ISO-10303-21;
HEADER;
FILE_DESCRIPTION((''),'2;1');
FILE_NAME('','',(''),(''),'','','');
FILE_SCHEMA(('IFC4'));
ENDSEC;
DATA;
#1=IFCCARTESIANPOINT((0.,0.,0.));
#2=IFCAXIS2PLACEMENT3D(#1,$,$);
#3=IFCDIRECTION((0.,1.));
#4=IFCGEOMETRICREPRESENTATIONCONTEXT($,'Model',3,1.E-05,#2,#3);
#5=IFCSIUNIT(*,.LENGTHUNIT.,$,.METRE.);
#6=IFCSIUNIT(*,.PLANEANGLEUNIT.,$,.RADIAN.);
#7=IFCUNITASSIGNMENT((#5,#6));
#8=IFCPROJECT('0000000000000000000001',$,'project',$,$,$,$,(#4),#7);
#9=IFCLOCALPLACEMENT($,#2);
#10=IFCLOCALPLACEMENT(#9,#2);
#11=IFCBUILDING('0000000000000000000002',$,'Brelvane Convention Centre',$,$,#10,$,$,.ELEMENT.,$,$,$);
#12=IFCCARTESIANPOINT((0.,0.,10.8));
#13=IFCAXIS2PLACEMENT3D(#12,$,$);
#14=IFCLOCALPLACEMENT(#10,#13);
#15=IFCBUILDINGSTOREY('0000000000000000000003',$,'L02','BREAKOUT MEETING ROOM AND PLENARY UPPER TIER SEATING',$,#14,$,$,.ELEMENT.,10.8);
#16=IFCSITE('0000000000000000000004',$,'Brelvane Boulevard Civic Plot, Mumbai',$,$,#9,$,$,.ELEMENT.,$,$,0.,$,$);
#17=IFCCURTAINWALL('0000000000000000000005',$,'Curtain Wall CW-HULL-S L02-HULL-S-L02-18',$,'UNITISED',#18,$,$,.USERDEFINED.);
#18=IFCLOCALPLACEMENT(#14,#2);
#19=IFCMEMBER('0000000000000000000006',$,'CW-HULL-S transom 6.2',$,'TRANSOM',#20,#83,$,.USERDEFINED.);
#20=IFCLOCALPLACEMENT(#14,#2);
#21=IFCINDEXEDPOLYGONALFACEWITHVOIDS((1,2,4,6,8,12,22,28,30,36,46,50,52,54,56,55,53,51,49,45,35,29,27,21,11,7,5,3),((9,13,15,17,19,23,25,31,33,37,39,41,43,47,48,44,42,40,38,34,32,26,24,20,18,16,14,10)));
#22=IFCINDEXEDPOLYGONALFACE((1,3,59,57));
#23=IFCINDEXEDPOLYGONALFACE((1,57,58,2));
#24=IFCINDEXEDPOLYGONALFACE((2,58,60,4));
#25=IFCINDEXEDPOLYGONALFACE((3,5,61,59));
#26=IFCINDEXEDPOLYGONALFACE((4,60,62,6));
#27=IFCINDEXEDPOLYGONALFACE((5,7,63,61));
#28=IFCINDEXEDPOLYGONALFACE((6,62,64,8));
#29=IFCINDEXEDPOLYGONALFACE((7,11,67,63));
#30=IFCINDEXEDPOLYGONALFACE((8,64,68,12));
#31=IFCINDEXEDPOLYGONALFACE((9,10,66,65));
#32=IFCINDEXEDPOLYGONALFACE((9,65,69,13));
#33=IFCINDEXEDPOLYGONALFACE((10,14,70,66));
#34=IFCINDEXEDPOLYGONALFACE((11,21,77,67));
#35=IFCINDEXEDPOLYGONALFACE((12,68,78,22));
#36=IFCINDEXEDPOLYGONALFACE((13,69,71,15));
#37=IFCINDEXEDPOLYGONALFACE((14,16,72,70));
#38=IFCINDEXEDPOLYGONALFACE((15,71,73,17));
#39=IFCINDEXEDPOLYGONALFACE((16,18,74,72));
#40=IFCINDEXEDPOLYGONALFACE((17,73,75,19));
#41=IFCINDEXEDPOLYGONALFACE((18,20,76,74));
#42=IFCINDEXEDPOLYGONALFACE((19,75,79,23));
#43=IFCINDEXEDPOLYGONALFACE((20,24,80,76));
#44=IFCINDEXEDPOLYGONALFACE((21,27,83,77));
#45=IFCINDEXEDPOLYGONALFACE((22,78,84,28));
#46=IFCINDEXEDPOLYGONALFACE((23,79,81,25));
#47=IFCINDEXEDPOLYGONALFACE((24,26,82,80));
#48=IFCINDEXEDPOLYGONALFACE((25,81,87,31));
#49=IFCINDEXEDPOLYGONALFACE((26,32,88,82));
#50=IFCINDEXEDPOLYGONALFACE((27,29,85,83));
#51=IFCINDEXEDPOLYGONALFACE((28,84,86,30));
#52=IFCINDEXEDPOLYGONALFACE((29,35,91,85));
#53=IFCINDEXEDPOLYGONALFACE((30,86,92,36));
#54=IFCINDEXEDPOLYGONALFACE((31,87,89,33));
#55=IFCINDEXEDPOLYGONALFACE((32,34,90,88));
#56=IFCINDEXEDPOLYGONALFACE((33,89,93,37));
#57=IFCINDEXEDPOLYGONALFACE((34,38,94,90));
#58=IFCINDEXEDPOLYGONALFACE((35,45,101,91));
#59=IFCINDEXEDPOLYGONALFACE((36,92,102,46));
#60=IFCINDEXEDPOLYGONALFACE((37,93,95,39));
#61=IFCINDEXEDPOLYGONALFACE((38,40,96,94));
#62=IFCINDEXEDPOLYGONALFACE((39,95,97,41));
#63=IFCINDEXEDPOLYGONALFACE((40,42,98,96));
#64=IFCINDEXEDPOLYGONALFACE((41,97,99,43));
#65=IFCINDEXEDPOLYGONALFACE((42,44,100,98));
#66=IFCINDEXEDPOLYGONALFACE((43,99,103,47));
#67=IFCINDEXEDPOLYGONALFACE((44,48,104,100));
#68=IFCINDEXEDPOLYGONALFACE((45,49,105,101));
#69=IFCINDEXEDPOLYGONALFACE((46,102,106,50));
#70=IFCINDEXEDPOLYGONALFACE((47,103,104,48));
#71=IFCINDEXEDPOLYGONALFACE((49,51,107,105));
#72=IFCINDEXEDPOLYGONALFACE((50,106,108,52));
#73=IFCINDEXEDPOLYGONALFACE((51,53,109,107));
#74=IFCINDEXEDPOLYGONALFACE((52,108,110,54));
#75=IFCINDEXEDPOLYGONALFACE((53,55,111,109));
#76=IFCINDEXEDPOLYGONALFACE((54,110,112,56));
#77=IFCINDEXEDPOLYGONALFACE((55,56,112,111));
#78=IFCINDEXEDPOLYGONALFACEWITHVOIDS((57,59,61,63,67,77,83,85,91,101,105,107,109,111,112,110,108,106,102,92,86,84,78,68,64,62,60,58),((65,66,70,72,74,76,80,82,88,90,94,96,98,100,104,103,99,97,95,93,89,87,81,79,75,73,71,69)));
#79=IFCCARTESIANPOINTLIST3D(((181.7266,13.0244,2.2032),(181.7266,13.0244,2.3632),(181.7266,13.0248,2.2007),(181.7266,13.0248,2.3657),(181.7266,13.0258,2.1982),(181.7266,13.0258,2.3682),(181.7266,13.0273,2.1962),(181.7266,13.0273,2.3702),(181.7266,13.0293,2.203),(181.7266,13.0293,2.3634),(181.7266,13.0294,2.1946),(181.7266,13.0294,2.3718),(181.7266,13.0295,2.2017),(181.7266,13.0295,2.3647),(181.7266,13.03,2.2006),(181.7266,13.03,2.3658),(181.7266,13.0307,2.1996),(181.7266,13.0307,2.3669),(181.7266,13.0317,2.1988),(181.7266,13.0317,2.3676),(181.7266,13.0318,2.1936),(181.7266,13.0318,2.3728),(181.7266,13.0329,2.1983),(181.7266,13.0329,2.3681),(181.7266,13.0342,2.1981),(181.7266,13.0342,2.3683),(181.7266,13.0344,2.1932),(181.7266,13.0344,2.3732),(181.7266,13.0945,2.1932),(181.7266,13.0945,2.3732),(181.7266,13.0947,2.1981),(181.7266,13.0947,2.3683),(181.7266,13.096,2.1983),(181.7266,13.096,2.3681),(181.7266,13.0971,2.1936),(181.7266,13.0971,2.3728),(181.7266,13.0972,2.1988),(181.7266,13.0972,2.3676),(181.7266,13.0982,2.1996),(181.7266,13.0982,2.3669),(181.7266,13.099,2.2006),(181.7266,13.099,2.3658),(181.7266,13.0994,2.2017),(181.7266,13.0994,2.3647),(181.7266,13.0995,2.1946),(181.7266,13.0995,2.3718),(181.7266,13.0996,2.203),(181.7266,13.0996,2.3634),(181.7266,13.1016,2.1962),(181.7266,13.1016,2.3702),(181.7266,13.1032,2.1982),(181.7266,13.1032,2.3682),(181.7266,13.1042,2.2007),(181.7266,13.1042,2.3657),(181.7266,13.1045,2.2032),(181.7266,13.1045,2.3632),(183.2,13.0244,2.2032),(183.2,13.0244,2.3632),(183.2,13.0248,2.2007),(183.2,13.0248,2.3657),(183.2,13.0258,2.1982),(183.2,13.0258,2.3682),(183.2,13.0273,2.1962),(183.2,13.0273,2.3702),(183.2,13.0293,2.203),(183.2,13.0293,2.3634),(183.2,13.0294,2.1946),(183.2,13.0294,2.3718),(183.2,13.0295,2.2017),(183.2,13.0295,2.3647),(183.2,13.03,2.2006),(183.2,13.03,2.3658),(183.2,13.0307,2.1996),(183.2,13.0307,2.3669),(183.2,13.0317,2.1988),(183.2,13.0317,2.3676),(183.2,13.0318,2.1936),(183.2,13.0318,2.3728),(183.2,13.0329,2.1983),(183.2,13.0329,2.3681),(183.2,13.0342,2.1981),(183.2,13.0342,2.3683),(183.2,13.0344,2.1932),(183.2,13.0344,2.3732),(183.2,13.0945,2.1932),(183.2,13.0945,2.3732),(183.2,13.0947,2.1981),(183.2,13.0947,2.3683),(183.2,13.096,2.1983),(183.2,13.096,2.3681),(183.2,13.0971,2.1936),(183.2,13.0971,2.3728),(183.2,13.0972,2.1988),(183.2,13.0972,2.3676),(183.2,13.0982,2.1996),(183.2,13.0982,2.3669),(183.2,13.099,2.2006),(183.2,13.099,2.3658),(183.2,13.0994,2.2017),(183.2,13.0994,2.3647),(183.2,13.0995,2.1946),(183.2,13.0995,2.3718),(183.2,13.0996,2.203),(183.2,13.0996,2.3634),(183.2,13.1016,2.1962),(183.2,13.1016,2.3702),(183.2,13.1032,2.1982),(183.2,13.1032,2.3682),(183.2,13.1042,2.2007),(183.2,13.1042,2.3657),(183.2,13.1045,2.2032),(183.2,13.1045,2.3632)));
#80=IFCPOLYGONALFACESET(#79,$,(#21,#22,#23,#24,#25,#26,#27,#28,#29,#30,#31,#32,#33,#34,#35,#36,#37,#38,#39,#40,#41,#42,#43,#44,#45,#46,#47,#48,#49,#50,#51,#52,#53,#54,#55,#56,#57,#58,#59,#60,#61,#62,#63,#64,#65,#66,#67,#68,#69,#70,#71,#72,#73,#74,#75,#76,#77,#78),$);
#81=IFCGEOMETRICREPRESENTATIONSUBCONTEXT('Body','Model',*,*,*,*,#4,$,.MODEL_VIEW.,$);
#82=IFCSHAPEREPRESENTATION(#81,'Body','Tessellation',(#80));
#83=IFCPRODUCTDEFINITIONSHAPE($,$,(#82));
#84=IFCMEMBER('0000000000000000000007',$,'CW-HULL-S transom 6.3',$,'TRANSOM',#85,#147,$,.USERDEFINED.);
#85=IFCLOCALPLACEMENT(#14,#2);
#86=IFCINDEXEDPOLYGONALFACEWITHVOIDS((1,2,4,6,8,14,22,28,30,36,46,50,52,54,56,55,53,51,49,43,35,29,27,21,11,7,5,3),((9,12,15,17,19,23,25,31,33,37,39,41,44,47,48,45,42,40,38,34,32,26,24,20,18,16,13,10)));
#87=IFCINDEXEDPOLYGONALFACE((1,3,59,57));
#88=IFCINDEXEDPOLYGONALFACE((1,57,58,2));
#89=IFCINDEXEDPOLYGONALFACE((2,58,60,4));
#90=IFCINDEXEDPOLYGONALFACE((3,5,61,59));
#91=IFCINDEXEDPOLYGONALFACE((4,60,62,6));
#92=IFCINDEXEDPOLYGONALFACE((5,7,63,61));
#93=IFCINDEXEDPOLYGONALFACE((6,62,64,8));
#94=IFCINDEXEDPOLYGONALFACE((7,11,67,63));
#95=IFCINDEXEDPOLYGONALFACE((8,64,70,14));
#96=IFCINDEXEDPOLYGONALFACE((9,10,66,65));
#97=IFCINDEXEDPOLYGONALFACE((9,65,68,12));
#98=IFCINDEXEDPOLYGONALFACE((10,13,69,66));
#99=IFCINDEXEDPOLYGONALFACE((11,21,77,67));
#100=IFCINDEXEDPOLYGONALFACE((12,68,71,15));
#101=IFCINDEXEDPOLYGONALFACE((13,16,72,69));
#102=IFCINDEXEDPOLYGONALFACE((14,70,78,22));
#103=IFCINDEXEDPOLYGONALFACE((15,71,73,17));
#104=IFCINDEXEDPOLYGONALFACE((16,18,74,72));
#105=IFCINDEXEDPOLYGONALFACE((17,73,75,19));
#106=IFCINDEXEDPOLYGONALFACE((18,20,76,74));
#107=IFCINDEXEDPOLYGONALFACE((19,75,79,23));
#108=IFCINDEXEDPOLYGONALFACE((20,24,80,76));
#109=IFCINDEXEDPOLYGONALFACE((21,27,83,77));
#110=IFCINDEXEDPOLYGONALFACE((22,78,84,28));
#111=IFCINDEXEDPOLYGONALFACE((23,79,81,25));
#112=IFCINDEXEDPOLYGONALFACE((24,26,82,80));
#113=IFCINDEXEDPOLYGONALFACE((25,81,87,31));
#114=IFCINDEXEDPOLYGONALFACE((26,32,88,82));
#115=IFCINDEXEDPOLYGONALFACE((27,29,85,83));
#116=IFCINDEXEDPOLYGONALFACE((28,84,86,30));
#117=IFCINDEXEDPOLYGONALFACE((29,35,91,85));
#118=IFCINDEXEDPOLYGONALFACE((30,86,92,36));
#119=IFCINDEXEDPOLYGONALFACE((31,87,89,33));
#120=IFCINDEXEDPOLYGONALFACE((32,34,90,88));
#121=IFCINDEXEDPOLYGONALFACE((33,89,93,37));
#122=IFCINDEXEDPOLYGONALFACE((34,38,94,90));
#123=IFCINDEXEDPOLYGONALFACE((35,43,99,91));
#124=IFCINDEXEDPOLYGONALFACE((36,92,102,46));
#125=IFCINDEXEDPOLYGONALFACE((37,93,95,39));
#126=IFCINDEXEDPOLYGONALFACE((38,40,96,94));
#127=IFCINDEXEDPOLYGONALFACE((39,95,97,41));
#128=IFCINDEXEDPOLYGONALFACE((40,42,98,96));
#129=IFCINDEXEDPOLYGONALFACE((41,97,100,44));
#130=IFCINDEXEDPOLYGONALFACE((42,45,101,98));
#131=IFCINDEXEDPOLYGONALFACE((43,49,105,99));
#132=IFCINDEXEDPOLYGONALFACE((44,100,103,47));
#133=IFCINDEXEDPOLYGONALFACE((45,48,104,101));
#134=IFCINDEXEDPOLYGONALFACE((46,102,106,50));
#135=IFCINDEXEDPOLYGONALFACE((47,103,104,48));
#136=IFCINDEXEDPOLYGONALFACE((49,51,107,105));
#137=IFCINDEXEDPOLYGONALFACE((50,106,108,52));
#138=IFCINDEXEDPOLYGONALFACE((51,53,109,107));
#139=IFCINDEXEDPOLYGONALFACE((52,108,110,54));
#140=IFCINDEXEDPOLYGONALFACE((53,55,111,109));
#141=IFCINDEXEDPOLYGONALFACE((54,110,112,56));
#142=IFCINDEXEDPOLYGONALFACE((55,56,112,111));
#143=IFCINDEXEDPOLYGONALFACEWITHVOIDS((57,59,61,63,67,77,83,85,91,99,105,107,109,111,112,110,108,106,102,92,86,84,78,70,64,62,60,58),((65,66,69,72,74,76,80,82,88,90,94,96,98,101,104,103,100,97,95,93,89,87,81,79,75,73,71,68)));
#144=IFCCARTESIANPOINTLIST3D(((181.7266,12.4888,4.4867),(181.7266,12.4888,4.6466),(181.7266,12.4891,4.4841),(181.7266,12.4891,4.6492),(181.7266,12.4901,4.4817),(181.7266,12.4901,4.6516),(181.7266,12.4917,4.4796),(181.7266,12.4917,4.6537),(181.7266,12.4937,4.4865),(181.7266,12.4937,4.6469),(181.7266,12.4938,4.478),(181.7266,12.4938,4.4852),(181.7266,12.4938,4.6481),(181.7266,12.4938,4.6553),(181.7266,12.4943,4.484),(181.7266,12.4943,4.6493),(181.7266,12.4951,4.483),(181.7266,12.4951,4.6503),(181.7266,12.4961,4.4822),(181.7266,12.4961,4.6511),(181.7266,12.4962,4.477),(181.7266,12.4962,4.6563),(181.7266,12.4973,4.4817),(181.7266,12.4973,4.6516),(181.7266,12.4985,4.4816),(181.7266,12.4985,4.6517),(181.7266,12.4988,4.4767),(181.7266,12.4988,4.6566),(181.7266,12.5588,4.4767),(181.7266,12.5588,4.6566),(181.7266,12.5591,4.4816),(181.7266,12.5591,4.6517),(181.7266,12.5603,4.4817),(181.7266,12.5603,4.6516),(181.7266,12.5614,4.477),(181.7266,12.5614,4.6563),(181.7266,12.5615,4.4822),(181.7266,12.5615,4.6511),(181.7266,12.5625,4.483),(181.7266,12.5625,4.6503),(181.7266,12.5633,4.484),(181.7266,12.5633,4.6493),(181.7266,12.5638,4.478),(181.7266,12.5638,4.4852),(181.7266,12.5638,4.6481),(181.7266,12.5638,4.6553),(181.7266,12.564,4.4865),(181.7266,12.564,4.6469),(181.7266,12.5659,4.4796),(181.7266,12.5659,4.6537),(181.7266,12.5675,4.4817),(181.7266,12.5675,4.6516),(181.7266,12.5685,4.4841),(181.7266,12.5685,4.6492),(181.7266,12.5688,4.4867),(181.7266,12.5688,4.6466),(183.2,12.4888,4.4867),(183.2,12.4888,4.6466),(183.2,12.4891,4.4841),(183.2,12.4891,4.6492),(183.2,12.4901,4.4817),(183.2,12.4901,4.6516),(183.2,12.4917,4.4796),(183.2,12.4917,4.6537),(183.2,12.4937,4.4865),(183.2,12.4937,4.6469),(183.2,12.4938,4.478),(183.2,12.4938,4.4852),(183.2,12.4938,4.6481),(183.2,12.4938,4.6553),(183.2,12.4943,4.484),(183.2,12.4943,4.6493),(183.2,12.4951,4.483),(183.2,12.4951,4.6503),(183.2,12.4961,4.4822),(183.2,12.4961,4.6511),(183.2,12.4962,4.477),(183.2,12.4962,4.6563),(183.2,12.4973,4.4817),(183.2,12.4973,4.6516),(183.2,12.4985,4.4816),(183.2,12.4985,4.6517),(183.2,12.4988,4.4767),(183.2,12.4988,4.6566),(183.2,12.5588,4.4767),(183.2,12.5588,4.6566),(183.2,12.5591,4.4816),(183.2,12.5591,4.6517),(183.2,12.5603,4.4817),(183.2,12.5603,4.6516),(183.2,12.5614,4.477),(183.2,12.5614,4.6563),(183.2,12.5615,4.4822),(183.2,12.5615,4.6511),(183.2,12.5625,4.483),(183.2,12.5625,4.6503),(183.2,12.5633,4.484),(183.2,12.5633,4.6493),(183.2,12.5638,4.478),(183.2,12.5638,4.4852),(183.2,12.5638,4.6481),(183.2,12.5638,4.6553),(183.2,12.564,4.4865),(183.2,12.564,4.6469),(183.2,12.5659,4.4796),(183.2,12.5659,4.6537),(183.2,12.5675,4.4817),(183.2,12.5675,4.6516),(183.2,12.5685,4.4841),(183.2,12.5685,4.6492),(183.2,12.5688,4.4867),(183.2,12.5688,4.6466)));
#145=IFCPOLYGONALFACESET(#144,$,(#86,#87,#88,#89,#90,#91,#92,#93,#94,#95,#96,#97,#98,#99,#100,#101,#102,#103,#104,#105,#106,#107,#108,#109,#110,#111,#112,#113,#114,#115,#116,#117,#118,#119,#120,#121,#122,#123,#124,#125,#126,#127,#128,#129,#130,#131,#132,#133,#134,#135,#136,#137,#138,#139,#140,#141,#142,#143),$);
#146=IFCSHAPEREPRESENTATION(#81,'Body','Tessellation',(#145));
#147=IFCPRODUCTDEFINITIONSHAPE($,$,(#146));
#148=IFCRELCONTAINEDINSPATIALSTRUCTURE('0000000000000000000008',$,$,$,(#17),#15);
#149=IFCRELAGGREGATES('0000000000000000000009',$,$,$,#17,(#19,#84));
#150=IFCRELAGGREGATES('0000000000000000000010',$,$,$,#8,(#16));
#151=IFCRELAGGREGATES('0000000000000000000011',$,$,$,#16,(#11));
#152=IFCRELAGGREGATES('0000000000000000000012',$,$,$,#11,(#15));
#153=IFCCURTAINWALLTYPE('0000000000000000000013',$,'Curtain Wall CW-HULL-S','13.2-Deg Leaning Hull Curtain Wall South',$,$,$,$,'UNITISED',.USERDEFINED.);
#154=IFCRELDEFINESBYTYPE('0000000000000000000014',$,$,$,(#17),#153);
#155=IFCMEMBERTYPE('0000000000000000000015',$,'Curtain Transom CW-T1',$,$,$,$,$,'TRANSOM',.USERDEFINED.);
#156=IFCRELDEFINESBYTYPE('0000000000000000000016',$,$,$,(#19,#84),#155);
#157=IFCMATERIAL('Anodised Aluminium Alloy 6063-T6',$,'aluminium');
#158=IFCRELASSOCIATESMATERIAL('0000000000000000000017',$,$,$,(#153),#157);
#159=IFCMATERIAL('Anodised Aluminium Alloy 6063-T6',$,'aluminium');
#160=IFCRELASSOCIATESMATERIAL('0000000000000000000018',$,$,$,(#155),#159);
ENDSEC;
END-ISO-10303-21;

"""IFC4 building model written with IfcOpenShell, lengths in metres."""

from ifc_helpers import new_model, si_unit, direction, frame, origin, origin_2d, place, context, subcontext, project, spatial, hollow_rectangle, extrude, material, material_profile, profile_set, type_object, element, aggregate, save


model = new_model("IFC4")

# Units and contexts
model_context = context("Model", 3, precision=1e-05, world=origin(), true_north=direction((0.0, 1.0)))
body_context = subcontext(model_context, "Body", "Model", "MODEL_VIEW")
ifc_project = project(units=[si_unit("LENGTHUNIT", "METRE"), si_unit("PLANEANGLEUNIT", "RADIAN")], contexts=[model_context])

# Site, building, storey
site_placement = place(None, origin())
site = spatial("IfcSite", under=ifc_project, at=site_placement, Name="Brelvane Boulevard Civic Plot, Mumbai", CompositionType="ELEMENT", RefElevation=0.0)
building_placement = place(site_placement, origin())
building = spatial("IfcBuilding", under=site, at=building_placement, Name="Brelvane Convention Centre", CompositionType="ELEMENT")
storey_placement = place(building_placement, frame((0.0, 0.0, 10.8)))
storey = spatial("IfcBuildingStorey", under=building, at=storey_placement, Name="L02", Description="BREAKOUT MEETING ROOM AND PLENARY UPPER TIER SEATING", CompositionType="ELEMENT", Elevation=10.8)

# Curtain wall, members
ifc_material_1 = material(Name="Anodised Aluminium Alloy 6063-T6", Category="aluminium")
curtain_wall_type = type_object("IfcCurtainWallType", Name="Curtain Wall CW-HULL-S", Description="13.2-Deg Leaning Hull Curtain Wall South", ElementType="UNITISED", PredefinedType="USERDEFINED", material=ifc_material_1)
curtain_wall_1_placement = place(storey_placement, origin())
curtain_wall_1 = element("IfcCurtainWall", 1, at=curtain_wall_1_placement, inside=storey, type_object=curtain_wall_type, Name="Curtain Wall CW-HULL-S L02-HULL-S-L02-18", ObjectType="UNITISED", PredefinedType="USERDEFINED")
ifc_material_2 = material(Name="Anodised Aluminium Alloy 6063-T6", Category="aluminium")
ifc_material_profile = material_profile(ifc_material_2, hollow_rectangle(XDim=0.0801, YDim=0.1799, WallThickness=0.0049, InnerFilletRadius=0.0049, OuterFilletRadius=0.01, at=origin_2d()), Name="ALU-T 180x80x5.0")
ifc_profile_set = profile_set([ifc_material_profile], Name="Anodised Aluminium Alloy 6063-T6")
member_type = type_object("IfcMemberType", Name="Curtain Transom CW-T1", ElementType="TRANSOM", PredefinedType="USERDEFINED", material=ifc_profile_set)
member_1_placement = place(storey_placement, frame((181.7266, 13.0645, 2.2832), z_axis=(1.0, 0.0, 0.0), x_axis=(0.0, 1.0, 0.0)))
member_1 = element("IfcMember", 2, at=member_1_placement, type_object=member_type, Name="CW-HULL-S transom 6.2", ObjectType="TRANSOM", PredefinedType="USERDEFINED", context=body_context, shape_type="SweptSolid", body=[
    extrude(hollow_rectangle(XDim=0.0801, YDim=0.1799, WallThickness=0.0049, InnerFilletRadius=0.0049, OuterFilletRadius=0.01, at=origin_2d()), origin(), (0.0, 0.0, 1.0), 1.4734),
])
member_2_placement = place(storey_placement, frame((181.7266, 12.5288, 4.5667), z_axis=(1.0, 0.0, 0.0), x_axis=(0.0, 1.0, 0.0)))
member_2 = element("IfcMember", 3, at=member_2_placement, type_object=member_type, Name="CW-HULL-S transom 6.3", ObjectType="TRANSOM", PredefinedType="USERDEFINED", context=body_context, shape_type="SweptSolid", body=[
    extrude(hollow_rectangle(XDim=0.0801, YDim=0.1799, WallThickness=0.0049, InnerFilletRadius=0.0049, OuterFilletRadius=0.01, at=origin_2d()), origin(), (0.0, 0.0, 1.0), 1.4734),
])

aggregate(curtain_wall_1, [member_1, member_2])

save(model, "model.ifc")
